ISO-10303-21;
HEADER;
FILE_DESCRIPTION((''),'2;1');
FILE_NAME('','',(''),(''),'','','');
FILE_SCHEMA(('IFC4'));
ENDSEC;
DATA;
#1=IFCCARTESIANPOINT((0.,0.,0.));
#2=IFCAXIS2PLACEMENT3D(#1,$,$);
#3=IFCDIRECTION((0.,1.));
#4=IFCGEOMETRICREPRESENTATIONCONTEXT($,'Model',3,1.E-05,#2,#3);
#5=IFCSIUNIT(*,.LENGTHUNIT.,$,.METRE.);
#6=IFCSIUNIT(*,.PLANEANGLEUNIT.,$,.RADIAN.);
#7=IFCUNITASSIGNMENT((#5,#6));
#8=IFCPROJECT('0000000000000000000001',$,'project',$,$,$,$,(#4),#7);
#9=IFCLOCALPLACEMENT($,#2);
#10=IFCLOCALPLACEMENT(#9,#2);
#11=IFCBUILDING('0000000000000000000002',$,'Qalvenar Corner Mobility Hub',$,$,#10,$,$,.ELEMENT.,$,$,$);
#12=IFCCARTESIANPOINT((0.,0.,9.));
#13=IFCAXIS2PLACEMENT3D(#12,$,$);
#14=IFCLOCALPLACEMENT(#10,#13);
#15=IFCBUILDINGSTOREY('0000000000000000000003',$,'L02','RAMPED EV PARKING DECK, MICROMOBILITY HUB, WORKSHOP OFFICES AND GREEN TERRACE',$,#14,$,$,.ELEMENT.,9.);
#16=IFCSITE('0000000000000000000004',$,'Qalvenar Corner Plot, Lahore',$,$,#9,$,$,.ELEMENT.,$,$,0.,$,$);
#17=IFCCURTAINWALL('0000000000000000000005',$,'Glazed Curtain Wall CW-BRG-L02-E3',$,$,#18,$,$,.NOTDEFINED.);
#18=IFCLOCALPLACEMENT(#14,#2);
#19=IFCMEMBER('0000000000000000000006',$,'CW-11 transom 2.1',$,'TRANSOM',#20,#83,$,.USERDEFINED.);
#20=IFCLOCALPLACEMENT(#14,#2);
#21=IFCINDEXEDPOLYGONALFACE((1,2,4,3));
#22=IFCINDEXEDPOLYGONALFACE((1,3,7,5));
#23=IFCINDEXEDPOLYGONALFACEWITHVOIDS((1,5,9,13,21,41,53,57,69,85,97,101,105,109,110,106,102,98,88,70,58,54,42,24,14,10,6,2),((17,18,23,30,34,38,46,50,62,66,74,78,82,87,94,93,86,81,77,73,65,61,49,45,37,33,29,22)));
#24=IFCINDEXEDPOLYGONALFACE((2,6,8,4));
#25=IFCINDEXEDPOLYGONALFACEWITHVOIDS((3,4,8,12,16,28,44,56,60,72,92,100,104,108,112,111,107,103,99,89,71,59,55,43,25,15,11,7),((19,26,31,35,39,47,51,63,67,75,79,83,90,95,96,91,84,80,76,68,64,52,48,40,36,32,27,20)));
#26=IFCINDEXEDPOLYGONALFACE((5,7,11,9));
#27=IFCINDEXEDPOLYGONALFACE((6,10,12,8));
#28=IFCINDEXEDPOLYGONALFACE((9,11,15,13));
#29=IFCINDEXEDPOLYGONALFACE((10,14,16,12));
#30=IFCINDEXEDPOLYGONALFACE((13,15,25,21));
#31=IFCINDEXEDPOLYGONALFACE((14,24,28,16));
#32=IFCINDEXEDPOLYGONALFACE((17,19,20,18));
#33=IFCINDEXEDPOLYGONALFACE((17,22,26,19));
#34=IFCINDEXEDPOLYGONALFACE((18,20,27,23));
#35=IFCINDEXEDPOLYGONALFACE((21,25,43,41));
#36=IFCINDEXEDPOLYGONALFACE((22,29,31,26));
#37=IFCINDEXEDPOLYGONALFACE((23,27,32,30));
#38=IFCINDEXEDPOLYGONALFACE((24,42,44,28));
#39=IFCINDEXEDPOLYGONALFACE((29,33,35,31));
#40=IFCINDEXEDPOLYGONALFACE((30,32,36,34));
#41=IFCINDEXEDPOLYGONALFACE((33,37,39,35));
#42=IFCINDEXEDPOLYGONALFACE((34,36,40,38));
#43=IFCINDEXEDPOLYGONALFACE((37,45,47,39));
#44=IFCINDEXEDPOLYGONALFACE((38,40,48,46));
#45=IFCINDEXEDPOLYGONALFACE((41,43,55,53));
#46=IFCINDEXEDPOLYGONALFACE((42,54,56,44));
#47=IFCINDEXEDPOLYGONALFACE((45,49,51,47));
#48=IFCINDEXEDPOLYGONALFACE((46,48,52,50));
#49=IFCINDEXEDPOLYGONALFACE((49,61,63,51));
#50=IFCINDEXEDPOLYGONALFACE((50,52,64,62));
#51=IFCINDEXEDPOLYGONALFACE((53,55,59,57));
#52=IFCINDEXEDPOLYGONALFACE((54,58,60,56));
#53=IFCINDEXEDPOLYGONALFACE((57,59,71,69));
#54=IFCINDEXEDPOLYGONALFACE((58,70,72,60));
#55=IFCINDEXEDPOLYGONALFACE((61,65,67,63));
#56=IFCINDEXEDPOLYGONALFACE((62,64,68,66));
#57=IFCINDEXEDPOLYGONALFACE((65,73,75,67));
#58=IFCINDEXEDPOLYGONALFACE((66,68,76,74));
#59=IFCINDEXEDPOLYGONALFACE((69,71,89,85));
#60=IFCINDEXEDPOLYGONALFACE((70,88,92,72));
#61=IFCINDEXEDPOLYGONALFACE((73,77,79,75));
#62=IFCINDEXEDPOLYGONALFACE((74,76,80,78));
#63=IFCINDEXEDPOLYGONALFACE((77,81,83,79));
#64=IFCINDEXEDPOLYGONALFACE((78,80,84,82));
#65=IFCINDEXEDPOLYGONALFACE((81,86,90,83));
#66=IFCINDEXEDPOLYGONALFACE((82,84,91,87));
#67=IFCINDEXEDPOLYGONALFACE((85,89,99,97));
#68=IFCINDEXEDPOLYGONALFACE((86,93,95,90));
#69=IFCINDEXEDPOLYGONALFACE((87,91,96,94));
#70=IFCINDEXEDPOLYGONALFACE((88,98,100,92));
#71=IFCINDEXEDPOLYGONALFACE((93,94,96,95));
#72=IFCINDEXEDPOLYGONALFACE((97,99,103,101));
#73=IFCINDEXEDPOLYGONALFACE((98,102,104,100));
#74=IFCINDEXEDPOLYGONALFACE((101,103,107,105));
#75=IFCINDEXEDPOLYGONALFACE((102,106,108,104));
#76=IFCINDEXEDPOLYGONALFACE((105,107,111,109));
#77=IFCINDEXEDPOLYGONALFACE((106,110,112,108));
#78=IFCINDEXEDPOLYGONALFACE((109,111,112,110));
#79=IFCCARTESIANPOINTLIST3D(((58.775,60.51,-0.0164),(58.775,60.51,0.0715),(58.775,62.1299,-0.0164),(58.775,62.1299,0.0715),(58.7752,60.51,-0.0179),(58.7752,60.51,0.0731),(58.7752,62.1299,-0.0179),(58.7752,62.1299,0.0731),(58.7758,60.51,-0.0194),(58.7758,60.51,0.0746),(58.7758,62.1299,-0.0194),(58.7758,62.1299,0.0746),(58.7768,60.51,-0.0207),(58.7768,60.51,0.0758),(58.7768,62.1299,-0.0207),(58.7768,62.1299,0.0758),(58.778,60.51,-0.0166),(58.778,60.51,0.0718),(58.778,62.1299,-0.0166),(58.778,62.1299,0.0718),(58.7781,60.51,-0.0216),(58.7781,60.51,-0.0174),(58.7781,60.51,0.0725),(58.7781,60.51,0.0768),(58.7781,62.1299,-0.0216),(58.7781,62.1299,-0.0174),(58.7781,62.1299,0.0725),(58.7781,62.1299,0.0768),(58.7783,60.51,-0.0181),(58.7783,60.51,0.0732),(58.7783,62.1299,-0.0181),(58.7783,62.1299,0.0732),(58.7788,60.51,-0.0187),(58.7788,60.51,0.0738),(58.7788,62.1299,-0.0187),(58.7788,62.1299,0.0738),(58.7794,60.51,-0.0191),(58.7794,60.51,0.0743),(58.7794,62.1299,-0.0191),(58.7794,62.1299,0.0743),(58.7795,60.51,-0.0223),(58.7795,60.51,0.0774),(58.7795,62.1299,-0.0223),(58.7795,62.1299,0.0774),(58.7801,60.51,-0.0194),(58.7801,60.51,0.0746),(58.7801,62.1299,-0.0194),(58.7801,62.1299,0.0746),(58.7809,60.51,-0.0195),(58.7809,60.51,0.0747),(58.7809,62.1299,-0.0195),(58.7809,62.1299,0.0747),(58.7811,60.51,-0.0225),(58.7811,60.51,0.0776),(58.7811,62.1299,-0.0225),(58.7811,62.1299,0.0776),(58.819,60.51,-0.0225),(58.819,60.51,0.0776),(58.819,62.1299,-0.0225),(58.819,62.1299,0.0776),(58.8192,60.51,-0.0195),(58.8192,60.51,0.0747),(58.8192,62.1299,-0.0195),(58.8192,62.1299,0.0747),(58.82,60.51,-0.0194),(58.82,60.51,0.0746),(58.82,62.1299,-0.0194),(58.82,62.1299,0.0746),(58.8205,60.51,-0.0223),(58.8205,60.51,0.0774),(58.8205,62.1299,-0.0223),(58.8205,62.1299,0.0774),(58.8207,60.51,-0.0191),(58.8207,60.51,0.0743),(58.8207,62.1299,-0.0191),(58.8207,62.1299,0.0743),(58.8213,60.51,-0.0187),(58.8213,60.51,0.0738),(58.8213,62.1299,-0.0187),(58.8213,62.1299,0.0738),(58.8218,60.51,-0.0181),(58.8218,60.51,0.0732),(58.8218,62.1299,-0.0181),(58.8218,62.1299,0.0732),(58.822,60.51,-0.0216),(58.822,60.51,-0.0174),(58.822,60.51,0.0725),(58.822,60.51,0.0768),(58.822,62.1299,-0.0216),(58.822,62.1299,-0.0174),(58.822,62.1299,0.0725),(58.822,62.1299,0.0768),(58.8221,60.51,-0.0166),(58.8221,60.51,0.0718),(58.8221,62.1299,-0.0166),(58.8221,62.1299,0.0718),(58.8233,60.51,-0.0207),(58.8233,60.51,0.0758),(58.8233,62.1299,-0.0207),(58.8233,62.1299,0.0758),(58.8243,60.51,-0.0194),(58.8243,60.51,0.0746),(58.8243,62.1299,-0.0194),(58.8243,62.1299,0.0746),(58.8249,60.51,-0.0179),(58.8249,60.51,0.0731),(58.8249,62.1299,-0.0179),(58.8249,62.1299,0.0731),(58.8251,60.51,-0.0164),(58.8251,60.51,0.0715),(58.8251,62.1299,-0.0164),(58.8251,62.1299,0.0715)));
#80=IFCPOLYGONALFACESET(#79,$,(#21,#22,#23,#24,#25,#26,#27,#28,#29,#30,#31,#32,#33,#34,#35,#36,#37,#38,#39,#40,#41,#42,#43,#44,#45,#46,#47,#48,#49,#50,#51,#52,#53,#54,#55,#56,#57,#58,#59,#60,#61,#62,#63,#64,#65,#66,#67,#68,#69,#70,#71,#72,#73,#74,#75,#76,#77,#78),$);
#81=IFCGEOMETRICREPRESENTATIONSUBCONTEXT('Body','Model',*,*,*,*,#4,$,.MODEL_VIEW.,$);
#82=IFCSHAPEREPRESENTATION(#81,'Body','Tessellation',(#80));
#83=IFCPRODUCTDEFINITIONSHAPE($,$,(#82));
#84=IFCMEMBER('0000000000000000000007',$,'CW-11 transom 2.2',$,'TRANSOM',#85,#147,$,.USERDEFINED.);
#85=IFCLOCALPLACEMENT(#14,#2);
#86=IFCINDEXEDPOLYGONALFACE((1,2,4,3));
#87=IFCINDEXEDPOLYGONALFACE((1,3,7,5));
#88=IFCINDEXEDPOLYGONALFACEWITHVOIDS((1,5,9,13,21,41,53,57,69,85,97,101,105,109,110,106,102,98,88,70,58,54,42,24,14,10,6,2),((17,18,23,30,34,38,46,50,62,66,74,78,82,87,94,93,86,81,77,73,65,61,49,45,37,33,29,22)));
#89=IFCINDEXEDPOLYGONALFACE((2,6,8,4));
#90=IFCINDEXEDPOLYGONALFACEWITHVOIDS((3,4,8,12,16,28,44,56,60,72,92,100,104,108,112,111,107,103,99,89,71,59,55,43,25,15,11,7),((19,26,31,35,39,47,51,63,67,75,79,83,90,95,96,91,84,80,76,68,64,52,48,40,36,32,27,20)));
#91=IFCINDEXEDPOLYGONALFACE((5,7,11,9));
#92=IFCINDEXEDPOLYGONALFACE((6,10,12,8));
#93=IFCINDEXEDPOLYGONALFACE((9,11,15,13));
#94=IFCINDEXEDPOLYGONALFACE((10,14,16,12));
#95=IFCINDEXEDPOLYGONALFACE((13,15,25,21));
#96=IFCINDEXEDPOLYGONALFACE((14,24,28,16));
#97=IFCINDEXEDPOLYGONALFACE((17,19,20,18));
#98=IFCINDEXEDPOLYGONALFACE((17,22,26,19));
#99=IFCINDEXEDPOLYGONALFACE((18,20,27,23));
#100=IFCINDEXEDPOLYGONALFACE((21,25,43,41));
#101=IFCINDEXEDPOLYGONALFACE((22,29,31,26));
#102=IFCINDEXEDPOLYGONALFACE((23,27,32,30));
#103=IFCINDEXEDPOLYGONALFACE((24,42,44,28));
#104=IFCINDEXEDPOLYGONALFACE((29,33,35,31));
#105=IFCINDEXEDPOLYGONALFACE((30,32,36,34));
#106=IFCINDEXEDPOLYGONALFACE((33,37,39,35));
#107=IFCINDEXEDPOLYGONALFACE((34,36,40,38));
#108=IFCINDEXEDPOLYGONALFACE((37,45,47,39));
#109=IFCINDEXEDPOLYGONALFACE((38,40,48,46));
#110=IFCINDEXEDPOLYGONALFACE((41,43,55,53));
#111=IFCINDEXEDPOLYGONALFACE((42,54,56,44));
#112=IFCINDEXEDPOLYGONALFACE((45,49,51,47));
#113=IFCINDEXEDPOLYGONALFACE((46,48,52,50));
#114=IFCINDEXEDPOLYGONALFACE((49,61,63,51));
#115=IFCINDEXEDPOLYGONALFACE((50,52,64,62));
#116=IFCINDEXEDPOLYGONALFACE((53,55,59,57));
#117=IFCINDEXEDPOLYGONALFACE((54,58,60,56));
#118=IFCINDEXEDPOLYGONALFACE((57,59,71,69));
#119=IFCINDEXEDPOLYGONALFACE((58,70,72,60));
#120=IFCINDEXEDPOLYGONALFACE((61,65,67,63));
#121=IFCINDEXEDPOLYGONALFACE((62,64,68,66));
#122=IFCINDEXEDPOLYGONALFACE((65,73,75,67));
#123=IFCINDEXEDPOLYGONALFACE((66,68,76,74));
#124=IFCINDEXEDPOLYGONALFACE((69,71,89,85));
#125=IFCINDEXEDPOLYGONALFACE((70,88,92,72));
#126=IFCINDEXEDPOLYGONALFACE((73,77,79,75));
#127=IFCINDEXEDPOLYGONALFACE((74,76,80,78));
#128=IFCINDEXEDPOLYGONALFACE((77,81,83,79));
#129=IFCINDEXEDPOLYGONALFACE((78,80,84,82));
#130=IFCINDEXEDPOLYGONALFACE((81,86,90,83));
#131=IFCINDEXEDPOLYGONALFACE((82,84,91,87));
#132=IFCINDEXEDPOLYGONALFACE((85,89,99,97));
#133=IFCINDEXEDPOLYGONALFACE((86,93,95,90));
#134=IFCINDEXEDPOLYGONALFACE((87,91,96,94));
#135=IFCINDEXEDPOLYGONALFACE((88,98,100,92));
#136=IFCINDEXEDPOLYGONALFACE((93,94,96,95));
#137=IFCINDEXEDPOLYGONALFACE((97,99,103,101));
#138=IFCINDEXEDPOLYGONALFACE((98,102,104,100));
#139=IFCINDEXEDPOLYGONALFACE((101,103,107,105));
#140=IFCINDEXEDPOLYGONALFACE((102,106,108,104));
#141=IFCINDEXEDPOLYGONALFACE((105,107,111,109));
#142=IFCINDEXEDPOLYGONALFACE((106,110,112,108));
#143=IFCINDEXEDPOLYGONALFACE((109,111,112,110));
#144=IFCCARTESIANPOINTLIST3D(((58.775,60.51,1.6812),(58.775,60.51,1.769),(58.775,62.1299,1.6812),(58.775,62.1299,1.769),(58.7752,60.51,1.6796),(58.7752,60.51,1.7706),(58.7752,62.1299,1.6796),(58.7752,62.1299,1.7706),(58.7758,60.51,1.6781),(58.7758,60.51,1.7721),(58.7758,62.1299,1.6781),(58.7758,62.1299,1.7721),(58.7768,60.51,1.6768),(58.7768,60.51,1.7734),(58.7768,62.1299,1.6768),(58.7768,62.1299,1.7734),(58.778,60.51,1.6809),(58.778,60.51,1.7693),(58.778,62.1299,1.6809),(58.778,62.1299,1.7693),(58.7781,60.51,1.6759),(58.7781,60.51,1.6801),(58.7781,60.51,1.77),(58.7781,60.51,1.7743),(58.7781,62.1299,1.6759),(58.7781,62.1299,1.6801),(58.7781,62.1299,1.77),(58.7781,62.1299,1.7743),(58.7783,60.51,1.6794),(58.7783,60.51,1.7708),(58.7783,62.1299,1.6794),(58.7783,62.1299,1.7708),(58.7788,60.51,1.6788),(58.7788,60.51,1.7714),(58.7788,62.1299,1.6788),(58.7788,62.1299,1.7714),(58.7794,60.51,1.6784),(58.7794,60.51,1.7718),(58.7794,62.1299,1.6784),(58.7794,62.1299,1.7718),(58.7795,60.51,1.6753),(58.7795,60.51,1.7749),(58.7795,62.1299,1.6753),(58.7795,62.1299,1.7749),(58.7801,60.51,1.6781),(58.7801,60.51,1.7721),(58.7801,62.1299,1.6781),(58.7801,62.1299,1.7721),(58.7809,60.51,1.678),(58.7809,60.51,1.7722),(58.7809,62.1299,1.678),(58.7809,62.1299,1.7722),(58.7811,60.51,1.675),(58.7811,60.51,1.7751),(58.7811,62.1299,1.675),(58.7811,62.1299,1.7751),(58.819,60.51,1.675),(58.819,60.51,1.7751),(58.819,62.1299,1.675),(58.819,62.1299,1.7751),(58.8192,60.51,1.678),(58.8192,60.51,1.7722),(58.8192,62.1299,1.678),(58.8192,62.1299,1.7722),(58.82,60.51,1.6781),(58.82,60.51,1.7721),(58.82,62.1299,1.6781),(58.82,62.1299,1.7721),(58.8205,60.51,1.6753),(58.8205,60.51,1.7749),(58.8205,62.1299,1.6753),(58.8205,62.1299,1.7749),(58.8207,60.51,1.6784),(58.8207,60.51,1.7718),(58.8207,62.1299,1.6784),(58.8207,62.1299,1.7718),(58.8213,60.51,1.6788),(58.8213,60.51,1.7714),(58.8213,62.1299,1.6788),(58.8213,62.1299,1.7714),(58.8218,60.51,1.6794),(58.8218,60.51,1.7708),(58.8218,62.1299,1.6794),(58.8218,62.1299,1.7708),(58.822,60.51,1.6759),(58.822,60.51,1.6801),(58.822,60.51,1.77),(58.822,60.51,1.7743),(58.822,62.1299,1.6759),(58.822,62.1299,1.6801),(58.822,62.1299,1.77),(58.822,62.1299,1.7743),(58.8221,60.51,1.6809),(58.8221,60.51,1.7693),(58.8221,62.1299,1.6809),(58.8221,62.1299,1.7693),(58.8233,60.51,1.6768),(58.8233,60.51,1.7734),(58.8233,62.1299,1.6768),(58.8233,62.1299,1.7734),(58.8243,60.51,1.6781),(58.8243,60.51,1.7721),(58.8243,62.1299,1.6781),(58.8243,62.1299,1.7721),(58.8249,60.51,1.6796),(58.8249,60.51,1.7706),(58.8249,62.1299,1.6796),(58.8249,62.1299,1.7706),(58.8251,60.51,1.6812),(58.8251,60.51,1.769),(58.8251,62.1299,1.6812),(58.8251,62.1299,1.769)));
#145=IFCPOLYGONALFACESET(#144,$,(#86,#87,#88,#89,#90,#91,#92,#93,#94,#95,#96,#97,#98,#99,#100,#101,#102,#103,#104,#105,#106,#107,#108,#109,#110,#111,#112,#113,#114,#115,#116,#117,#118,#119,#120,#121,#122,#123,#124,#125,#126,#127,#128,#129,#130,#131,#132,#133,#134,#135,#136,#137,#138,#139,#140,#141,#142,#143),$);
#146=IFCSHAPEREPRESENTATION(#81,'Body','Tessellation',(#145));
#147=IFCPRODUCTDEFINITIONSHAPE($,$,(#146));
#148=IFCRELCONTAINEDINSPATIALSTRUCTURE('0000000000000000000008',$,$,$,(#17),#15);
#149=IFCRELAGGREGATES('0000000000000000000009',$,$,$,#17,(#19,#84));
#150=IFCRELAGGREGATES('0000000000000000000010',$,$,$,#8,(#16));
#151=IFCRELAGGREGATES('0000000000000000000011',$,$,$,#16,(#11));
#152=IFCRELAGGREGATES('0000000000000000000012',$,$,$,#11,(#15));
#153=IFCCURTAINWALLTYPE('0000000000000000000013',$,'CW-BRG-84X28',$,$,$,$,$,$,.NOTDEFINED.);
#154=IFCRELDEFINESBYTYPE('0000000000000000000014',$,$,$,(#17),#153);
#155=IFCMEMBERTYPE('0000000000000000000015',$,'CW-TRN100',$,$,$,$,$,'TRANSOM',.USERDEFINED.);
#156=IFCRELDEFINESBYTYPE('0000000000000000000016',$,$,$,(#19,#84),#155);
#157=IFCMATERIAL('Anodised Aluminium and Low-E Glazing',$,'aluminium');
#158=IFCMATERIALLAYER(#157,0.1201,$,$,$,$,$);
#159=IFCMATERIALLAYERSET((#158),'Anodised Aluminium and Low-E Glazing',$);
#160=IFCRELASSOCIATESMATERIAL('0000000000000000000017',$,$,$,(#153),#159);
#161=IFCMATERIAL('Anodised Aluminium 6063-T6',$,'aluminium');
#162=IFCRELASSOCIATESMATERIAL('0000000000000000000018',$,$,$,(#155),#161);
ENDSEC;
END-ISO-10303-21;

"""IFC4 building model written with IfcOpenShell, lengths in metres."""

from ifc_helpers import new_model, si_unit, direction, frame, origin, origin_2d, place, context, subcontext, project, spatial, hollow_rectangle, extrude, material, layer, layer_set, material_profile, profile_set, type_object, element, aggregate, save


model = new_model("IFC4")

# Units and contexts
model_context = context("Model", 3, precision=1e-05, world=origin(), true_north=direction((0.0, 1.0)))
body_context = subcontext(model_context, "Body", "Model", "MODEL_VIEW")
ifc_project = project(units=[si_unit("LENGTHUNIT", "METRE"), si_unit("PLANEANGLEUNIT", "RADIAN")], contexts=[model_context])

# Site, building, storey
site_placement = place(None, origin())
site = spatial("IfcSite", under=ifc_project, at=site_placement, Name="Qalvenar Corner Plot, Lahore", CompositionType="ELEMENT", RefElevation=0.0)
building_placement = place(site_placement, origin())
building = spatial("IfcBuilding", under=site, at=building_placement, Name="Qalvenar Corner Mobility Hub", CompositionType="ELEMENT")
storey_placement = place(building_placement, frame((0.0, 0.0, 9.0)))
storey = spatial("IfcBuildingStorey", under=building, at=storey_placement, Name="L02", Description="RAMPED EV PARKING DECK, MICROMOBILITY HUB, WORKSHOP OFFICES AND GREEN TERRACE", CompositionType="ELEMENT", Elevation=9.0)

# Curtain wall, members
ifc_material_1 = material(Name="Anodised Aluminium and Low-E Glazing", Category="aluminium")
ifc_layer_1 = layer(ifc_material_1, 0.1201)
ifc_layer_set_1 = layer_set([ifc_layer_1], Name="Anodised Aluminium and Low-E Glazing")
curtain_wall_type = type_object("IfcCurtainWallType", Name="CW-BRG-84X28", PredefinedType="NOTDEFINED", material=ifc_layer_set_1)
curtain_wall_placement = place(storey_placement, origin())
curtain_wall = element("IfcCurtainWall", 1, at=curtain_wall_placement, inside=storey, type_object=curtain_wall_type, Name="Glazed Curtain Wall CW-BRG-L02-E3", PredefinedType="NOTDEFINED")
ifc_material_2 = material(Name="Anodised Aluminium 6063-T6", Category="aluminium")
ifc_material_profile_1 = material_profile(ifc_material_2, hollow_rectangle(XDim=0.05, YDim=0.1001, WallThickness=0.0029, InnerFilletRadius=0.0029, OuterFilletRadius=0.0061, at=origin_2d()), Name="RHS100x50x3")
ifc_profile_set_1 = profile_set([ifc_material_profile_1], Name="Anodised Aluminium 6063-T6")
member_type_1 = type_object("IfcMemberType", Name="CW-TRN100", ElementType="TRANSOM", PredefinedType="USERDEFINED", material=ifc_profile_set_1)
member_1_placement = place(storey_placement, frame((58.8, 60.51, 0.0276), z_axis=(0.0, 1.0, 0.0), x_axis=(-1.0, 0.0, 0.0)))
member_1 = element("IfcMember", 2, at=member_1_placement, type_object=member_type_1, Name="CW-11 transom 2.1", ObjectType="TRANSOM", PredefinedType="USERDEFINED", context=body_context, shape_type="SweptSolid", body=[
    extrude(hollow_rectangle(XDim=0.05, YDim=0.1001, WallThickness=0.0029, InnerFilletRadius=0.0029, OuterFilletRadius=0.0061, at=origin_2d()), origin(), (0.0, 0.0, 1.0), 1.6199),
])
member_2_placement = place(storey_placement, frame((58.8, 60.51, 1.7251), z_axis=(0.0, 1.0, 0.0), x_axis=(-1.0, 0.0, 0.0)))
member_2 = element("IfcMember", 3, at=member_2_placement, type_object=member_type_1, Name="CW-11 transom 2.2", ObjectType="TRANSOM", PredefinedType="USERDEFINED", context=body_context, shape_type="SweptSolid", body=[
    extrude(hollow_rectangle(XDim=0.05, YDim=0.1001, WallThickness=0.0029, InnerFilletRadius=0.0029, OuterFilletRadius=0.0061, at=origin_2d()), origin(), (0.0, 0.0, 1.0), 1.6199),
])

aggregate(curtain_wall, [member_1, member_2])

save(model, "model.ifc")
